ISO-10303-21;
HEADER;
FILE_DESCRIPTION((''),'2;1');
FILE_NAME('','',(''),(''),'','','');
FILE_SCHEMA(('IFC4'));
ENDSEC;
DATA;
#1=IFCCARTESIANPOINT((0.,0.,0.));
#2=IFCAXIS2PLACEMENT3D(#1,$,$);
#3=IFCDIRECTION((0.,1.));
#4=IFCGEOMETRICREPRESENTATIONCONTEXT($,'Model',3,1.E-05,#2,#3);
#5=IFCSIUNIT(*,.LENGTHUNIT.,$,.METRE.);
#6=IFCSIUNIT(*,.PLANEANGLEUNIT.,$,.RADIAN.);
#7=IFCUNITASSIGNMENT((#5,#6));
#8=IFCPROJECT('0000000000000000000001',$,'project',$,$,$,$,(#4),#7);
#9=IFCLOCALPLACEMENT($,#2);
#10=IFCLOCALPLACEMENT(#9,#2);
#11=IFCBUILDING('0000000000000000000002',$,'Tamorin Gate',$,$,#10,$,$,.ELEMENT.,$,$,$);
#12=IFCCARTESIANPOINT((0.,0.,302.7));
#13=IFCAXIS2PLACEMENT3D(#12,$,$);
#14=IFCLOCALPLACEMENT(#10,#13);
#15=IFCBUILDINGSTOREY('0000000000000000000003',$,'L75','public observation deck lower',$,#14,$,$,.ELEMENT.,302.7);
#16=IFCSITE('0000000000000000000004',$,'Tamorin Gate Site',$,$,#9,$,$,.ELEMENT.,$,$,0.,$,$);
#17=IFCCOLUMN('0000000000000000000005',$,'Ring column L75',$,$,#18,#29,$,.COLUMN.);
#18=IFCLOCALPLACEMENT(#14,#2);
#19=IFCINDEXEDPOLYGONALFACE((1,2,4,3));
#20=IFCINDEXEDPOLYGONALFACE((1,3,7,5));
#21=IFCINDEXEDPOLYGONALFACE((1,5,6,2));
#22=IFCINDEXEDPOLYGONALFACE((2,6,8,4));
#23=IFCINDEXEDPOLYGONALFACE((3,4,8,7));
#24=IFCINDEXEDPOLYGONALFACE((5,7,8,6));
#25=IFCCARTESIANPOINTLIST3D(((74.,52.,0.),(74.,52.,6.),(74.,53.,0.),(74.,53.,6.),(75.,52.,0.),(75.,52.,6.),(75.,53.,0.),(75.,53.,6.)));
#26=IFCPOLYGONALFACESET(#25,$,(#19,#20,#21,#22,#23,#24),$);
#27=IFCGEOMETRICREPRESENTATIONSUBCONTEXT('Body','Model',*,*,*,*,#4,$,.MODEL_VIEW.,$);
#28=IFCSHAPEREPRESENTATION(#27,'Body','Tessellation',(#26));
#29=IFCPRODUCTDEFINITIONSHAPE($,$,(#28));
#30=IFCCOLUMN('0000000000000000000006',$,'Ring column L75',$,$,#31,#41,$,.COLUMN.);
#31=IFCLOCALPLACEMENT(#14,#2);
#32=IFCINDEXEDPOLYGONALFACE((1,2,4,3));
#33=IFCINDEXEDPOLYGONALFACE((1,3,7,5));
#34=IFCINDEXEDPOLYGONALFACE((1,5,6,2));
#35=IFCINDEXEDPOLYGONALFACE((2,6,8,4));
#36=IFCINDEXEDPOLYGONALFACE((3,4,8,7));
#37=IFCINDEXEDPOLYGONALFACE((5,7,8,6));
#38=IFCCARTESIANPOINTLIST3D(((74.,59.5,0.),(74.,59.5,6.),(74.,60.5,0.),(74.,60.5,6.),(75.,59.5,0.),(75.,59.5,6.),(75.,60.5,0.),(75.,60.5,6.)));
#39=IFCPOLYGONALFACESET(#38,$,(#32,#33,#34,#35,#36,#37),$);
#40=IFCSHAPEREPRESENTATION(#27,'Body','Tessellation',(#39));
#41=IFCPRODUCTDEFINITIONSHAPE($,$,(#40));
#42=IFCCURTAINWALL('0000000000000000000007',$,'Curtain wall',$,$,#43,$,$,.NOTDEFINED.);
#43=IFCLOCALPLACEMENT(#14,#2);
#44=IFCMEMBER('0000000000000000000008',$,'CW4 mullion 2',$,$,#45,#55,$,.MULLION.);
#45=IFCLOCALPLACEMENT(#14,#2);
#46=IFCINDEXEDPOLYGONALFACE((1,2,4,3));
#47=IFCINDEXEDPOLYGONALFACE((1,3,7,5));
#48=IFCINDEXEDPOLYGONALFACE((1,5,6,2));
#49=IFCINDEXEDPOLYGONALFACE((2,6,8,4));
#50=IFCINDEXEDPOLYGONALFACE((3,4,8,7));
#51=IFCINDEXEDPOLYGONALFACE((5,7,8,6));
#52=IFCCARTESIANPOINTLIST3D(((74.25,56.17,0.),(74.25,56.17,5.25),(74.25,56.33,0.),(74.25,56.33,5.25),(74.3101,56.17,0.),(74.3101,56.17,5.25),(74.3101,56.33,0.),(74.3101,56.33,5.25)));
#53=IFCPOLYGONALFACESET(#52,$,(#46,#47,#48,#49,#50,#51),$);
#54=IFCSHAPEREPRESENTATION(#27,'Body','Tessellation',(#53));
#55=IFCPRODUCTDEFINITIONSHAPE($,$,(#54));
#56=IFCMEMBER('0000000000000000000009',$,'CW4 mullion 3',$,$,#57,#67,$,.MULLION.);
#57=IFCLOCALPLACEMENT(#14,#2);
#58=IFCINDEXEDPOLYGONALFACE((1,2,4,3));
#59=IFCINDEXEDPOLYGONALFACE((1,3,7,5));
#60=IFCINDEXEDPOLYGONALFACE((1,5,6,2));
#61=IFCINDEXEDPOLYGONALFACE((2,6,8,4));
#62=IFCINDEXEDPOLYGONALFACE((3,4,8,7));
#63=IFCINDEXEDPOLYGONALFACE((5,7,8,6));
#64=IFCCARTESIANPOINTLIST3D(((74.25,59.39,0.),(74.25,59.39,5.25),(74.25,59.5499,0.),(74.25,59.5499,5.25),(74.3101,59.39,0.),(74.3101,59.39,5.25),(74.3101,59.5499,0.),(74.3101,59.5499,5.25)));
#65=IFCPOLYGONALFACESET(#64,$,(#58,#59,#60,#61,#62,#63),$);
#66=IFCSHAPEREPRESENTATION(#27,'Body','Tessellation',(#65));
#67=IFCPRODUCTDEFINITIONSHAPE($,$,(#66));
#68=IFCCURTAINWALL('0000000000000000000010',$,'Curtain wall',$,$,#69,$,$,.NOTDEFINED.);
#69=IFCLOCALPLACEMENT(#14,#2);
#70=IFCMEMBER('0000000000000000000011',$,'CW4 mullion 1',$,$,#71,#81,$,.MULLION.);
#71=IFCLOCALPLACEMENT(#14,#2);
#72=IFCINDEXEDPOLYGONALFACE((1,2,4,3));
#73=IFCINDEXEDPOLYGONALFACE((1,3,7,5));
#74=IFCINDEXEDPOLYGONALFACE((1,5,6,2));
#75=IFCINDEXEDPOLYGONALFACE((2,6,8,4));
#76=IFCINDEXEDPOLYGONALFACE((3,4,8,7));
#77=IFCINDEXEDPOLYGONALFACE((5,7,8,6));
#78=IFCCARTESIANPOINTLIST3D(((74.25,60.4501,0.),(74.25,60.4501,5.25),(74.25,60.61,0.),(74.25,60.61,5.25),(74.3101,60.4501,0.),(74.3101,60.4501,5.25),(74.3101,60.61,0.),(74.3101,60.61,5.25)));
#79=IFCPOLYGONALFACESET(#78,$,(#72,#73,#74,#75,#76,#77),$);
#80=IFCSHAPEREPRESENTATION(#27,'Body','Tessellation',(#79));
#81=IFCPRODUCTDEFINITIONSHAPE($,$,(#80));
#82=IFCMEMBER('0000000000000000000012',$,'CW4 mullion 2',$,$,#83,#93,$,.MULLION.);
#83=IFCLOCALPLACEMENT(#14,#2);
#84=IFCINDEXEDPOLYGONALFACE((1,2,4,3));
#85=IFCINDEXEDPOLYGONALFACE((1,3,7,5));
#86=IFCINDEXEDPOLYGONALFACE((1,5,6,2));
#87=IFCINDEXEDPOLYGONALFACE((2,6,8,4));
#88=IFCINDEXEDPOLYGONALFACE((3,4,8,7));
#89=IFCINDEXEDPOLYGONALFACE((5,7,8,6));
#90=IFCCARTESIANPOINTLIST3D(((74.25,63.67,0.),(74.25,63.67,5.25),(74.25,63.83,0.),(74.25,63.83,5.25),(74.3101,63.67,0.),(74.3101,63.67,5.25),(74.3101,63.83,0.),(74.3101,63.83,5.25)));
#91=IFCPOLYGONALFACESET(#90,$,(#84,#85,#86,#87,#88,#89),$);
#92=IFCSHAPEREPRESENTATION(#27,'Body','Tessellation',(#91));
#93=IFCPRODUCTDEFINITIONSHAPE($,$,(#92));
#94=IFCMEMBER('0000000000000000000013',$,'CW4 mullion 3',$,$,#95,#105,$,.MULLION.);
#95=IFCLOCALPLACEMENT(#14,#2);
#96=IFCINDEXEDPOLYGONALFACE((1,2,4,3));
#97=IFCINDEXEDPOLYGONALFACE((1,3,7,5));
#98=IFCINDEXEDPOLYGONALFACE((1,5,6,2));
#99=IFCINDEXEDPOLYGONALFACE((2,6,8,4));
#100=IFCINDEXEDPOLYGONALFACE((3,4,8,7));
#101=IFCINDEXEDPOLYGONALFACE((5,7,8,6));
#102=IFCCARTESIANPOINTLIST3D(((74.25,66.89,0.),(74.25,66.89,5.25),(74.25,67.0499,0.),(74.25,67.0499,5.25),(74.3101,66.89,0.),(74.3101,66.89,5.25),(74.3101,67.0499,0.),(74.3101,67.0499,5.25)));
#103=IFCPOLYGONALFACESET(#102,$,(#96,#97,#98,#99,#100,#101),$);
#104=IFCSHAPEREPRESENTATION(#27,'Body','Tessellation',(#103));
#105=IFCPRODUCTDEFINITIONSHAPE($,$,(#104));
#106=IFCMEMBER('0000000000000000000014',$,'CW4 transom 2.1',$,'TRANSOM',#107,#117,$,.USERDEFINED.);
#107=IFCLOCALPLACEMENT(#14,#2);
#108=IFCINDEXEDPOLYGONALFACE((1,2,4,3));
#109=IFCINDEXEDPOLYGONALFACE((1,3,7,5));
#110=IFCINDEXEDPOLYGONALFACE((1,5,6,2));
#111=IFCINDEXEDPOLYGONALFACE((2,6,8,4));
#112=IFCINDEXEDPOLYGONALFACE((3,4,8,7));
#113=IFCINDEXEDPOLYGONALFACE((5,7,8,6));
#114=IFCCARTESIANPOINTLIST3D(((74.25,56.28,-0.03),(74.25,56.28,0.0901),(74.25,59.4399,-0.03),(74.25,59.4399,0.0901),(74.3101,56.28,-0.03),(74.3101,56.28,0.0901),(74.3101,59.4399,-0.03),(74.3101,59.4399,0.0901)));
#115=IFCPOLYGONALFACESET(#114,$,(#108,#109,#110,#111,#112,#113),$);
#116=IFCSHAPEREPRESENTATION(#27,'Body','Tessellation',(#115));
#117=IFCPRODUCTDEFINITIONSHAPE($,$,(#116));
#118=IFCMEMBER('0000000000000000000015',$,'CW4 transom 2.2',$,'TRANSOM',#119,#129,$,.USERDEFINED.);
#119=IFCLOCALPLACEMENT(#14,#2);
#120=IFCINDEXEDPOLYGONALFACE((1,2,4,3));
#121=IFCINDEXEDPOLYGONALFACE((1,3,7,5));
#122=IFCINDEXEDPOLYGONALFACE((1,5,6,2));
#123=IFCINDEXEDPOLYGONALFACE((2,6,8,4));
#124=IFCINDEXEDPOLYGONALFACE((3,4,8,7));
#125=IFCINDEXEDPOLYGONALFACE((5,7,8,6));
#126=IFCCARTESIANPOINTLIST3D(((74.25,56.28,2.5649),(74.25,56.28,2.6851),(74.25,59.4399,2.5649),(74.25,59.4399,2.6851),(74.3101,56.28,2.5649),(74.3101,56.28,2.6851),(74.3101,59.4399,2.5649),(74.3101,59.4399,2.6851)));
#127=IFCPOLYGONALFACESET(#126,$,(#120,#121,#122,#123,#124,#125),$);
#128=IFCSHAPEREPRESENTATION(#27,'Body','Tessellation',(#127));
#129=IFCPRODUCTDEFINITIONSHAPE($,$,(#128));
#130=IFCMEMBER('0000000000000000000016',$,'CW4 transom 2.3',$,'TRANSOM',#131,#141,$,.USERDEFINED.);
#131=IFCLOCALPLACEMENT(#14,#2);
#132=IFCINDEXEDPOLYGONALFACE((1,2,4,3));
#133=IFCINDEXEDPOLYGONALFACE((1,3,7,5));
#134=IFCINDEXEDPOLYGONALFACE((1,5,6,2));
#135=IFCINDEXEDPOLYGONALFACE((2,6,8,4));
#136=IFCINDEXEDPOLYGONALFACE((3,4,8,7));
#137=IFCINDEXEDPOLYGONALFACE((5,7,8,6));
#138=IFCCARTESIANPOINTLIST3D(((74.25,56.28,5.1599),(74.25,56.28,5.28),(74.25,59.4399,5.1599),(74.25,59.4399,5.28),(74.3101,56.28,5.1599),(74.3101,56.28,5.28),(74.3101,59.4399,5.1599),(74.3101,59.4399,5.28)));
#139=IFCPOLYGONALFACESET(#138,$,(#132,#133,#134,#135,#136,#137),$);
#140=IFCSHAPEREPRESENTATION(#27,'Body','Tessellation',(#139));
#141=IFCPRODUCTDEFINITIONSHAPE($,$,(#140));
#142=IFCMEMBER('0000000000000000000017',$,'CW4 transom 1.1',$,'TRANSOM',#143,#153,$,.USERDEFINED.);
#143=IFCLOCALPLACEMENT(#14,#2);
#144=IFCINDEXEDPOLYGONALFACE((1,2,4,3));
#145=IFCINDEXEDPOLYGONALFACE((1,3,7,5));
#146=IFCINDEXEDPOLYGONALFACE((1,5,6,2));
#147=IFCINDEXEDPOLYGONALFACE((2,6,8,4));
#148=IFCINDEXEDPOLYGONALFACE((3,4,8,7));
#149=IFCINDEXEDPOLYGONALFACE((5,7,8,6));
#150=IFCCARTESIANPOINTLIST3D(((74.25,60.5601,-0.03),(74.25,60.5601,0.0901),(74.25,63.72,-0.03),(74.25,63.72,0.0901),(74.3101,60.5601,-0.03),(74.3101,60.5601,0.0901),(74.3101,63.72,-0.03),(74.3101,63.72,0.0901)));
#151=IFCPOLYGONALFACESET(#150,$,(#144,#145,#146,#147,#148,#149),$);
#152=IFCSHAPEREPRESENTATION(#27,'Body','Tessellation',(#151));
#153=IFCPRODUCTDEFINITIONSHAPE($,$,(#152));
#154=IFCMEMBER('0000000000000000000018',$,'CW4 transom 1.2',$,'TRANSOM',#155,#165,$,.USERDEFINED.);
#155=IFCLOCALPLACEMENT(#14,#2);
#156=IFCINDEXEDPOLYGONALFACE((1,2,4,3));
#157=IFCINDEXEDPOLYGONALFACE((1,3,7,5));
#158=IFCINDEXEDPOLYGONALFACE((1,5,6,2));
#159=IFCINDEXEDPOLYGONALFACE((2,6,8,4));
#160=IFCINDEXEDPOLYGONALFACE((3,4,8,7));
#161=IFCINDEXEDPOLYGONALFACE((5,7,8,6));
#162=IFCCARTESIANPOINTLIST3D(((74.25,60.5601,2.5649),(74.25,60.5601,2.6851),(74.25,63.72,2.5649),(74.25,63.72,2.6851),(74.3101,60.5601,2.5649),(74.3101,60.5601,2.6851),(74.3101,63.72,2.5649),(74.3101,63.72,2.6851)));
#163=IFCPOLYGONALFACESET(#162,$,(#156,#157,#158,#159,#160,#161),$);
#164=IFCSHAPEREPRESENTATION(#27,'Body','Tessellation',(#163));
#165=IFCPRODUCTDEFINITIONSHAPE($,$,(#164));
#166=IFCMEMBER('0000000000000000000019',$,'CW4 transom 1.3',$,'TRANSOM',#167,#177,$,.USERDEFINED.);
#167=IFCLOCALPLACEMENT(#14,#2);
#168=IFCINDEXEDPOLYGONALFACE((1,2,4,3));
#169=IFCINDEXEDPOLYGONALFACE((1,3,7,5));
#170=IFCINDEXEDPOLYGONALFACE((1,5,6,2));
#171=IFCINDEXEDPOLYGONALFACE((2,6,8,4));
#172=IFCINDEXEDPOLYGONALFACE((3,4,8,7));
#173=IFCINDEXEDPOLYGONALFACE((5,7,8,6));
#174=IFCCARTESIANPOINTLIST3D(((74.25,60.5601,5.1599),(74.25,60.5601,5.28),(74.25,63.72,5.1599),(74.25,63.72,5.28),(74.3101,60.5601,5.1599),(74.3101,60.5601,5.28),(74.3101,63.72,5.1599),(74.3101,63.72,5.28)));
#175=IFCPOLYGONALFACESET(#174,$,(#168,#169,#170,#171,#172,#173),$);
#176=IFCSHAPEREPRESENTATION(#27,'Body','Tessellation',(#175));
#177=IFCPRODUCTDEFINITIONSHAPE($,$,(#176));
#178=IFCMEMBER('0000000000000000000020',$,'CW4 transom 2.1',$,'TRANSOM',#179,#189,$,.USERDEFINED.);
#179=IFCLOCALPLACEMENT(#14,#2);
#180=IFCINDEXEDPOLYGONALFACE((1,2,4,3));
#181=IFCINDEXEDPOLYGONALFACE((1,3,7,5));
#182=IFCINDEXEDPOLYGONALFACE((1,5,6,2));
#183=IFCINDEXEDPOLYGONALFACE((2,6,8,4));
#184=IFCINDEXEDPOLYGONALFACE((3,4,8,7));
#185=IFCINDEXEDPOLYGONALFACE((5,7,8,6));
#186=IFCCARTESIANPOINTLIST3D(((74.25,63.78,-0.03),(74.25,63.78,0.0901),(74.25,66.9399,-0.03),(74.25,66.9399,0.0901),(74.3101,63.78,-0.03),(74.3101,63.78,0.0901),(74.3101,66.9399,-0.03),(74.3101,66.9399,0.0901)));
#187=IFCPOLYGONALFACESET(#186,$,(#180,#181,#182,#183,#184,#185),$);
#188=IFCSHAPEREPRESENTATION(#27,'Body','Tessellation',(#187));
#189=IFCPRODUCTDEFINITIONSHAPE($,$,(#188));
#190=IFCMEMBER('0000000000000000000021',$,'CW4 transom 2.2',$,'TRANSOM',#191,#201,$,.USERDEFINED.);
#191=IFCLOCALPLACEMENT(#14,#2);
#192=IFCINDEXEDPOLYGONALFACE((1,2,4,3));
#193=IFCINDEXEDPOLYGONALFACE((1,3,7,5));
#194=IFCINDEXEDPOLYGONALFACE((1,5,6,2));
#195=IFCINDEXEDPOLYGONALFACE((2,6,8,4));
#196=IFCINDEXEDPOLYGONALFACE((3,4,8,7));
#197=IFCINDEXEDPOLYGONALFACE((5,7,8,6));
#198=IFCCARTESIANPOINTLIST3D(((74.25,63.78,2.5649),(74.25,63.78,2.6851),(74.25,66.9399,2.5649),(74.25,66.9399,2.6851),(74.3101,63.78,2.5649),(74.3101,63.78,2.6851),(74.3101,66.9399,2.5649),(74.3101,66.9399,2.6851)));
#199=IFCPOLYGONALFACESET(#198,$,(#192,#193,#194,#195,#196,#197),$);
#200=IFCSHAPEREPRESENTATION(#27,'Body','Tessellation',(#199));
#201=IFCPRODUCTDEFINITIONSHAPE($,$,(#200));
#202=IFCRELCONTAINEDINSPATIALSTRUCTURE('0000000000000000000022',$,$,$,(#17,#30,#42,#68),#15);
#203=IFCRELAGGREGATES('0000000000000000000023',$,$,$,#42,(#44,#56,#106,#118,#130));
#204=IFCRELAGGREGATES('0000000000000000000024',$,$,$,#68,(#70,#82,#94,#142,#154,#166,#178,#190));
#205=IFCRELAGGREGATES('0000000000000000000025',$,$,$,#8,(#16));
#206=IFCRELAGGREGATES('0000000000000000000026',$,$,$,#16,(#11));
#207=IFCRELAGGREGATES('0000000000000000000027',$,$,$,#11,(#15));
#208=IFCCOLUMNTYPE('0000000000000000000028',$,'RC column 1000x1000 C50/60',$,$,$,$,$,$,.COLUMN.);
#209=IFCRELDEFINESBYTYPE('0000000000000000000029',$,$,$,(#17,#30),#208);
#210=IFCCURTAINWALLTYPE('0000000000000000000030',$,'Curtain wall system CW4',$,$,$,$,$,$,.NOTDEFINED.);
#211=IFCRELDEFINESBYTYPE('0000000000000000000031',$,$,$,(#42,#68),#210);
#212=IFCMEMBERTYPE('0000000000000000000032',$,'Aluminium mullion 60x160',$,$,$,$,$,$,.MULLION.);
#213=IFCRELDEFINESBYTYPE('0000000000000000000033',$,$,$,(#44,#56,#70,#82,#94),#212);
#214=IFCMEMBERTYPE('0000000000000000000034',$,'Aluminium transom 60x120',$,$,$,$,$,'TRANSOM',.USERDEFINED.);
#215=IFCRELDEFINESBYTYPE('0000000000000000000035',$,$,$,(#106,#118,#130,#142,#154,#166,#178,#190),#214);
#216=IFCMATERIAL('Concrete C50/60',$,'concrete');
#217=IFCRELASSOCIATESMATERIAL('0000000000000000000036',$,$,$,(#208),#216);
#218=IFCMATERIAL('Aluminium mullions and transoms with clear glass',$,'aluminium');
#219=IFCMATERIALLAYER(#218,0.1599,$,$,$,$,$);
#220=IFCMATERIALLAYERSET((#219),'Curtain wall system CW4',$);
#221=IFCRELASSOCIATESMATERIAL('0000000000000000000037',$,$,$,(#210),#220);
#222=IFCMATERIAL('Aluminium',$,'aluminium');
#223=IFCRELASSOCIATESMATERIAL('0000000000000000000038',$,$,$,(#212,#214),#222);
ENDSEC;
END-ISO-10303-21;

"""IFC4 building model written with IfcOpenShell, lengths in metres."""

from ifc_helpers import new_model, si_unit, direction, frame, origin, origin_2d, place, context, subcontext, project, spatial, rectangle, extrude, material, layer, layer_set, material_profile, profile_set, type_object, element, aggregate, save


model = new_model("IFC4")

# Units and contexts
model_context = context("Model", 3, precision=1e-05, world=origin(), true_north=direction((0.0, 1.0)))
body_context = subcontext(model_context, "Body", "Model", "MODEL_VIEW")
ifc_project = project(units=[si_unit("LENGTHUNIT", "METRE"), si_unit("PLANEANGLEUNIT", "RADIAN")], contexts=[model_context])

# Site, building, storey
site_placement = place(None, origin())
site = spatial("IfcSite", under=ifc_project, at=site_placement, Name="Tamorin Gate Site", CompositionType="ELEMENT", RefElevation=0.0)
building_placement = place(site_placement, origin())
building = spatial("IfcBuilding", under=site, at=building_placement, Name="Tamorin Gate", CompositionType="ELEMENT")
storey_placement = place(building_placement, frame((0.0, 0.0, 302.7)))
storey = spatial("IfcBuildingStorey", under=building, at=storey_placement, Name="L75", Description="public observation deck lower", CompositionType="ELEMENT", Elevation=302.7)

# Columns
ifc_material_1 = material(Name="Concrete C50/60", Category="concrete")
ifc_material_profile_1 = material_profile(ifc_material_1, rectangle(XDim=1.0, YDim=1.0, at=origin_2d()), Name="RC 1000x1000")
ifc_profile_set_1 = profile_set([ifc_material_profile_1], Name="Concrete C50/60")
column_type = type_object("IfcColumnType", Name="RC column 1000x1000 C50/60", PredefinedType="COLUMN", material=ifc_profile_set_1)
for number, where, z_axis, x_axis, name in (
    (1, (74.5, 52.5, 0.0), (0.0, 0.0, 1.0), (1.0, 0.0, 0.0), "Ring column L75"),
    (2, (74.5, 60.0, 0.0), (0.0, 0.0, 1.0), (1.0, 0.0, 0.0), "Ring column L75"),
):
    element("IfcColumn", number, at=place(storey_placement, frame(where, z_axis=z_axis, x_axis=x_axis)), inside=storey, type_object=column_type, Name=name, PredefinedType="COLUMN", context=body_context, shape_type="SweptSolid", body=[
        extrude(rectangle(XDim=1.0, YDim=1.0, at=origin_2d()), origin(), (0.0, 0.0, 1.0), 6.0),
    ])

# Curtain walls, members
ifc_material_2 = material(Name="Aluminium mullions and transoms with clear glass", Category="aluminium")
ifc_layer_1 = layer(ifc_material_2, 0.1599)
ifc_layer_set_1 = layer_set([ifc_layer_1], Name="Curtain wall system CW4")
curtain_wall_type = type_object("IfcCurtainWallType", Name="Curtain wall system CW4", PredefinedType="NOTDEFINED", material=ifc_layer_set_1)
curtain_wall_1_placement = place(storey_placement, origin())
curtain_wall_1 = element("IfcCurtainWall", 3, at=curtain_wall_1_placement, inside=storey, type_object=curtain_wall_type, Name="Curtain wall", PredefinedType="NOTDEFINED")
ifc_material_3 = material(Name="Aluminium", Category="aluminium")
ifc_material_profile_2 = material_profile(ifc_material_3, rectangle(XDim=0.0601, YDim=0.1599, at=origin_2d()), Name="RECT 60x160")
ifc_profile_set_2 = profile_set([ifc_material_profile_2], Name="Aluminium")
member_type_1 = type_object("IfcMemberType", Name="Aluminium mullion 60x160", PredefinedType="MULLION", material=ifc_profile_set_2)
member_1_placement = place(storey_placement, frame((74.28, 56.25, 0.0), z_axis=(0.0, 0.0, 1.0), x_axis=(-1.0, 0.0, 0.0)))
member_1 = element("IfcMember", 4, at=member_1_placement, type_object=member_type_1, Name="CW4 mullion 2", PredefinedType="MULLION", context=body_context, shape_type="SweptSolid", body=[
    extrude(rectangle(XDim=0.0601, YDim=0.1599, at=origin_2d()), origin(), (0.0, 0.0, 1.0), 5.25),
])
member_2_placement = place(storey_placement, frame((74.28, 59.47, 0.0), z_axis=(0.0, 0.0, 1.0), x_axis=(-1.0, 0.0, 0.0)))
member_2 = element("IfcMember", 5, at=member_2_placement, type_object=member_type_1, Name="CW4 mullion 3", PredefinedType="MULLION", context=body_context, shape_type="SweptSolid", body=[
    extrude(rectangle(XDim=0.0601, YDim=0.1599, at=origin_2d()), origin(), (0.0, 0.0, 1.0), 5.25),
])
curtain_wall_2_placement = place(storey_placement, origin())
curtain_wall_2 = element("IfcCurtainWall", 6, at=curtain_wall_2_placement, inside=storey, type_object=curtain_wall_type, Name="Curtain wall", PredefinedType="NOTDEFINED")
member_3_placement = place(storey_placement, frame((74.28, 60.53, 0.0), z_axis=(0.0, 0.0, 1.0), x_axis=(-1.0, 0.0, 0.0)))
member_3 = element("IfcMember", 7, at=member_3_placement, type_object=member_type_1, Name="CW4 mullion 1", PredefinedType="MULLION", context=body_context, shape_type="SweptSolid", body=[
    extrude(rectangle(XDim=0.0601, YDim=0.1599, at=origin_2d()), origin(), (0.0, 0.0, 1.0), 5.25),
])
member_4_placement = place(storey_placement, frame((74.28, 63.75, 0.0), z_axis=(0.0, 0.0, 1.0), x_axis=(-1.0, 0.0, 0.0)))
member_4 = element("IfcMember", 8, at=member_4_placement, type_object=member_type_1, Name="CW4 mullion 2", PredefinedType="MULLION", context=body_context, shape_type="SweptSolid", body=[
    extrude(rectangle(XDim=0.0601, YDim=0.1599, at=origin_2d()), origin(), (0.0, 0.0, 1.0), 5.25),
])
member_5_placement = place(storey_placement, frame((74.28, 66.97, 0.0), z_axis=(0.0, 0.0, 1.0), x_axis=(-1.0, 0.0, 0.0)))
member_5 = element("IfcMember", 9, at=member_5_placement, type_object=member_type_1, Name="CW4 mullion 3", PredefinedType="MULLION", context=body_context, shape_type="SweptSolid", body=[
    extrude(rectangle(XDim=0.0601, YDim=0.1599, at=origin_2d()), origin(), (0.0, 0.0, 1.0), 5.25),
])

# Members
ifc_material_profile_3 = material_profile(ifc_material_3, rectangle(XDim=0.0601, YDim=0.1201, at=origin_2d()), Name="RECT 60x120")
ifc_profile_set_3 = profile_set([ifc_material_profile_3], Name="Aluminium")
member_type_2 = type_object("IfcMemberType", Name="Aluminium transom 60x120", ElementType="TRANSOM", PredefinedType="USERDEFINED", material=ifc_profile_set_3)
member_6_placement = place(storey_placement, frame((74.28, 56.28, 0.03), z_axis=(0.0, 1.0, 0.0), x_axis=(-1.0, 0.0, 0.0)))
member_6 = element("IfcMember", 10, at=member_6_placement, type_object=member_type_2, Name="CW4 transom 2.1", ObjectType="TRANSOM", PredefinedType="USERDEFINED", context=body_context, shape_type="SweptSolid", body=[
    extrude(rectangle(XDim=0.0601, YDim=0.1201, at=origin_2d()), origin(), (0.0, 0.0, 1.0), 3.1599),
])
member_7_placement = place(storey_placement, frame((74.28, 56.28, 2.625), z_axis=(0.0, 1.0, 0.0), x_axis=(-1.0, 0.0, 0.0)))
member_7 = element("IfcMember", 11, at=member_7_placement, type_object=member_type_2, Name="CW4 transom 2.2", ObjectType="TRANSOM", PredefinedType="USERDEFINED", context=body_context, shape_type="SweptSolid", body=[
    extrude(rectangle(XDim=0.0601, YDim=0.1201, at=origin_2d()), origin(), (0.0, 0.0, 1.0), 3.1599),
])
member_8_placement = place(storey_placement, frame((74.28, 56.28, 5.22), z_axis=(0.0, 1.0, 0.0), x_axis=(-1.0, 0.0, 0.0)))
member_8 = element("IfcMember", 12, at=member_8_placement, type_object=member_type_2, Name="CW4 transom 2.3", ObjectType="TRANSOM", PredefinedType="USERDEFINED", context=body_context, shape_type="SweptSolid", body=[
    extrude(rectangle(XDim=0.0601, YDim=0.1201, at=origin_2d()), origin(), (0.0, 0.0, 1.0), 3.1599),
])
member_9_placement = place(storey_placement, frame((74.28, 60.5601, 0.03), z_axis=(0.0, 1.0, 0.0), x_axis=(-1.0, 0.0, 0.0)))
member_9 = element("IfcMember", 13, at=member_9_placement, type_object=member_type_2, Name="CW4 transom 1.1", ObjectType="TRANSOM", PredefinedType="USERDEFINED", context=body_context, shape_type="SweptSolid", body=[
    extrude(rectangle(XDim=0.0601, YDim=0.1201, at=origin_2d()), origin(), (0.0, 0.0, 1.0), 3.1599),
])
member_10_placement = place(storey_placement, frame((74.28, 60.5601, 2.625), z_axis=(0.0, 1.0, 0.0), x_axis=(-1.0, 0.0, 0.0)))
member_10 = element("IfcMember", 14, at=member_10_placement, type_object=member_type_2, Name="CW4 transom 1.2", ObjectType="TRANSOM", PredefinedType="USERDEFINED", context=body_context, shape_type="SweptSolid", body=[
    extrude(rectangle(XDim=0.0601, YDim=0.1201, at=origin_2d()), origin(), (0.0, 0.0, 1.0), 3.1599),
])
member_11_placement = place(storey_placement, frame((74.28, 60.5601, 5.22), z_axis=(0.0, 1.0, 0.0), x_axis=(-1.0, 0.0, 0.0)))
member_11 = element("IfcMember", 15, at=member_11_placement, type_object=member_type_2, Name="CW4 transom 1.3", ObjectType="TRANSOM", PredefinedType="USERDEFINED", context=body_context, shape_type="SweptSolid", body=[
    extrude(rectangle(XDim=0.0601, YDim=0.1201, at=origin_2d()), origin(), (0.0, 0.0, 1.0), 3.1599),
])
member_12_placement = place(storey_placement, frame((74.28, 63.78, 0.03), z_axis=(0.0, 1.0, 0.0), x_axis=(-1.0, 0.0, 0.0)))
member_12 = element("IfcMember", 16, at=member_12_placement, type_object=member_type_2, Name="CW4 transom 2.1", ObjectType="TRANSOM", PredefinedType="USERDEFINED", context=body_context, shape_type="SweptSolid", body=[
    extrude(rectangle(XDim=0.0601, YDim=0.1201, at=origin_2d()), origin(), (0.0, 0.0, 1.0), 3.1599),
])
member_13_placement = place(storey_placement, frame((74.28, 63.78, 2.625), z_axis=(0.0, 1.0, 0.0), x_axis=(-1.0, 0.0, 0.0)))
member_13 = element("IfcMember", 17, at=member_13_placement, type_object=member_type_2, Name="CW4 transom 2.2", ObjectType="TRANSOM", PredefinedType="USERDEFINED", context=body_context, shape_type="SweptSolid", body=[
    extrude(rectangle(XDim=0.0601, YDim=0.1201, at=origin_2d()), origin(), (0.0, 0.0, 1.0), 3.1599),
])

aggregate(curtain_wall_1, [member_1, member_2, member_6, member_7, member_8])
aggregate(curtain_wall_2, [member_3, member_4, member_5, member_9, member_10, member_11, member_12, member_13])

save(model, "model.ifc")
